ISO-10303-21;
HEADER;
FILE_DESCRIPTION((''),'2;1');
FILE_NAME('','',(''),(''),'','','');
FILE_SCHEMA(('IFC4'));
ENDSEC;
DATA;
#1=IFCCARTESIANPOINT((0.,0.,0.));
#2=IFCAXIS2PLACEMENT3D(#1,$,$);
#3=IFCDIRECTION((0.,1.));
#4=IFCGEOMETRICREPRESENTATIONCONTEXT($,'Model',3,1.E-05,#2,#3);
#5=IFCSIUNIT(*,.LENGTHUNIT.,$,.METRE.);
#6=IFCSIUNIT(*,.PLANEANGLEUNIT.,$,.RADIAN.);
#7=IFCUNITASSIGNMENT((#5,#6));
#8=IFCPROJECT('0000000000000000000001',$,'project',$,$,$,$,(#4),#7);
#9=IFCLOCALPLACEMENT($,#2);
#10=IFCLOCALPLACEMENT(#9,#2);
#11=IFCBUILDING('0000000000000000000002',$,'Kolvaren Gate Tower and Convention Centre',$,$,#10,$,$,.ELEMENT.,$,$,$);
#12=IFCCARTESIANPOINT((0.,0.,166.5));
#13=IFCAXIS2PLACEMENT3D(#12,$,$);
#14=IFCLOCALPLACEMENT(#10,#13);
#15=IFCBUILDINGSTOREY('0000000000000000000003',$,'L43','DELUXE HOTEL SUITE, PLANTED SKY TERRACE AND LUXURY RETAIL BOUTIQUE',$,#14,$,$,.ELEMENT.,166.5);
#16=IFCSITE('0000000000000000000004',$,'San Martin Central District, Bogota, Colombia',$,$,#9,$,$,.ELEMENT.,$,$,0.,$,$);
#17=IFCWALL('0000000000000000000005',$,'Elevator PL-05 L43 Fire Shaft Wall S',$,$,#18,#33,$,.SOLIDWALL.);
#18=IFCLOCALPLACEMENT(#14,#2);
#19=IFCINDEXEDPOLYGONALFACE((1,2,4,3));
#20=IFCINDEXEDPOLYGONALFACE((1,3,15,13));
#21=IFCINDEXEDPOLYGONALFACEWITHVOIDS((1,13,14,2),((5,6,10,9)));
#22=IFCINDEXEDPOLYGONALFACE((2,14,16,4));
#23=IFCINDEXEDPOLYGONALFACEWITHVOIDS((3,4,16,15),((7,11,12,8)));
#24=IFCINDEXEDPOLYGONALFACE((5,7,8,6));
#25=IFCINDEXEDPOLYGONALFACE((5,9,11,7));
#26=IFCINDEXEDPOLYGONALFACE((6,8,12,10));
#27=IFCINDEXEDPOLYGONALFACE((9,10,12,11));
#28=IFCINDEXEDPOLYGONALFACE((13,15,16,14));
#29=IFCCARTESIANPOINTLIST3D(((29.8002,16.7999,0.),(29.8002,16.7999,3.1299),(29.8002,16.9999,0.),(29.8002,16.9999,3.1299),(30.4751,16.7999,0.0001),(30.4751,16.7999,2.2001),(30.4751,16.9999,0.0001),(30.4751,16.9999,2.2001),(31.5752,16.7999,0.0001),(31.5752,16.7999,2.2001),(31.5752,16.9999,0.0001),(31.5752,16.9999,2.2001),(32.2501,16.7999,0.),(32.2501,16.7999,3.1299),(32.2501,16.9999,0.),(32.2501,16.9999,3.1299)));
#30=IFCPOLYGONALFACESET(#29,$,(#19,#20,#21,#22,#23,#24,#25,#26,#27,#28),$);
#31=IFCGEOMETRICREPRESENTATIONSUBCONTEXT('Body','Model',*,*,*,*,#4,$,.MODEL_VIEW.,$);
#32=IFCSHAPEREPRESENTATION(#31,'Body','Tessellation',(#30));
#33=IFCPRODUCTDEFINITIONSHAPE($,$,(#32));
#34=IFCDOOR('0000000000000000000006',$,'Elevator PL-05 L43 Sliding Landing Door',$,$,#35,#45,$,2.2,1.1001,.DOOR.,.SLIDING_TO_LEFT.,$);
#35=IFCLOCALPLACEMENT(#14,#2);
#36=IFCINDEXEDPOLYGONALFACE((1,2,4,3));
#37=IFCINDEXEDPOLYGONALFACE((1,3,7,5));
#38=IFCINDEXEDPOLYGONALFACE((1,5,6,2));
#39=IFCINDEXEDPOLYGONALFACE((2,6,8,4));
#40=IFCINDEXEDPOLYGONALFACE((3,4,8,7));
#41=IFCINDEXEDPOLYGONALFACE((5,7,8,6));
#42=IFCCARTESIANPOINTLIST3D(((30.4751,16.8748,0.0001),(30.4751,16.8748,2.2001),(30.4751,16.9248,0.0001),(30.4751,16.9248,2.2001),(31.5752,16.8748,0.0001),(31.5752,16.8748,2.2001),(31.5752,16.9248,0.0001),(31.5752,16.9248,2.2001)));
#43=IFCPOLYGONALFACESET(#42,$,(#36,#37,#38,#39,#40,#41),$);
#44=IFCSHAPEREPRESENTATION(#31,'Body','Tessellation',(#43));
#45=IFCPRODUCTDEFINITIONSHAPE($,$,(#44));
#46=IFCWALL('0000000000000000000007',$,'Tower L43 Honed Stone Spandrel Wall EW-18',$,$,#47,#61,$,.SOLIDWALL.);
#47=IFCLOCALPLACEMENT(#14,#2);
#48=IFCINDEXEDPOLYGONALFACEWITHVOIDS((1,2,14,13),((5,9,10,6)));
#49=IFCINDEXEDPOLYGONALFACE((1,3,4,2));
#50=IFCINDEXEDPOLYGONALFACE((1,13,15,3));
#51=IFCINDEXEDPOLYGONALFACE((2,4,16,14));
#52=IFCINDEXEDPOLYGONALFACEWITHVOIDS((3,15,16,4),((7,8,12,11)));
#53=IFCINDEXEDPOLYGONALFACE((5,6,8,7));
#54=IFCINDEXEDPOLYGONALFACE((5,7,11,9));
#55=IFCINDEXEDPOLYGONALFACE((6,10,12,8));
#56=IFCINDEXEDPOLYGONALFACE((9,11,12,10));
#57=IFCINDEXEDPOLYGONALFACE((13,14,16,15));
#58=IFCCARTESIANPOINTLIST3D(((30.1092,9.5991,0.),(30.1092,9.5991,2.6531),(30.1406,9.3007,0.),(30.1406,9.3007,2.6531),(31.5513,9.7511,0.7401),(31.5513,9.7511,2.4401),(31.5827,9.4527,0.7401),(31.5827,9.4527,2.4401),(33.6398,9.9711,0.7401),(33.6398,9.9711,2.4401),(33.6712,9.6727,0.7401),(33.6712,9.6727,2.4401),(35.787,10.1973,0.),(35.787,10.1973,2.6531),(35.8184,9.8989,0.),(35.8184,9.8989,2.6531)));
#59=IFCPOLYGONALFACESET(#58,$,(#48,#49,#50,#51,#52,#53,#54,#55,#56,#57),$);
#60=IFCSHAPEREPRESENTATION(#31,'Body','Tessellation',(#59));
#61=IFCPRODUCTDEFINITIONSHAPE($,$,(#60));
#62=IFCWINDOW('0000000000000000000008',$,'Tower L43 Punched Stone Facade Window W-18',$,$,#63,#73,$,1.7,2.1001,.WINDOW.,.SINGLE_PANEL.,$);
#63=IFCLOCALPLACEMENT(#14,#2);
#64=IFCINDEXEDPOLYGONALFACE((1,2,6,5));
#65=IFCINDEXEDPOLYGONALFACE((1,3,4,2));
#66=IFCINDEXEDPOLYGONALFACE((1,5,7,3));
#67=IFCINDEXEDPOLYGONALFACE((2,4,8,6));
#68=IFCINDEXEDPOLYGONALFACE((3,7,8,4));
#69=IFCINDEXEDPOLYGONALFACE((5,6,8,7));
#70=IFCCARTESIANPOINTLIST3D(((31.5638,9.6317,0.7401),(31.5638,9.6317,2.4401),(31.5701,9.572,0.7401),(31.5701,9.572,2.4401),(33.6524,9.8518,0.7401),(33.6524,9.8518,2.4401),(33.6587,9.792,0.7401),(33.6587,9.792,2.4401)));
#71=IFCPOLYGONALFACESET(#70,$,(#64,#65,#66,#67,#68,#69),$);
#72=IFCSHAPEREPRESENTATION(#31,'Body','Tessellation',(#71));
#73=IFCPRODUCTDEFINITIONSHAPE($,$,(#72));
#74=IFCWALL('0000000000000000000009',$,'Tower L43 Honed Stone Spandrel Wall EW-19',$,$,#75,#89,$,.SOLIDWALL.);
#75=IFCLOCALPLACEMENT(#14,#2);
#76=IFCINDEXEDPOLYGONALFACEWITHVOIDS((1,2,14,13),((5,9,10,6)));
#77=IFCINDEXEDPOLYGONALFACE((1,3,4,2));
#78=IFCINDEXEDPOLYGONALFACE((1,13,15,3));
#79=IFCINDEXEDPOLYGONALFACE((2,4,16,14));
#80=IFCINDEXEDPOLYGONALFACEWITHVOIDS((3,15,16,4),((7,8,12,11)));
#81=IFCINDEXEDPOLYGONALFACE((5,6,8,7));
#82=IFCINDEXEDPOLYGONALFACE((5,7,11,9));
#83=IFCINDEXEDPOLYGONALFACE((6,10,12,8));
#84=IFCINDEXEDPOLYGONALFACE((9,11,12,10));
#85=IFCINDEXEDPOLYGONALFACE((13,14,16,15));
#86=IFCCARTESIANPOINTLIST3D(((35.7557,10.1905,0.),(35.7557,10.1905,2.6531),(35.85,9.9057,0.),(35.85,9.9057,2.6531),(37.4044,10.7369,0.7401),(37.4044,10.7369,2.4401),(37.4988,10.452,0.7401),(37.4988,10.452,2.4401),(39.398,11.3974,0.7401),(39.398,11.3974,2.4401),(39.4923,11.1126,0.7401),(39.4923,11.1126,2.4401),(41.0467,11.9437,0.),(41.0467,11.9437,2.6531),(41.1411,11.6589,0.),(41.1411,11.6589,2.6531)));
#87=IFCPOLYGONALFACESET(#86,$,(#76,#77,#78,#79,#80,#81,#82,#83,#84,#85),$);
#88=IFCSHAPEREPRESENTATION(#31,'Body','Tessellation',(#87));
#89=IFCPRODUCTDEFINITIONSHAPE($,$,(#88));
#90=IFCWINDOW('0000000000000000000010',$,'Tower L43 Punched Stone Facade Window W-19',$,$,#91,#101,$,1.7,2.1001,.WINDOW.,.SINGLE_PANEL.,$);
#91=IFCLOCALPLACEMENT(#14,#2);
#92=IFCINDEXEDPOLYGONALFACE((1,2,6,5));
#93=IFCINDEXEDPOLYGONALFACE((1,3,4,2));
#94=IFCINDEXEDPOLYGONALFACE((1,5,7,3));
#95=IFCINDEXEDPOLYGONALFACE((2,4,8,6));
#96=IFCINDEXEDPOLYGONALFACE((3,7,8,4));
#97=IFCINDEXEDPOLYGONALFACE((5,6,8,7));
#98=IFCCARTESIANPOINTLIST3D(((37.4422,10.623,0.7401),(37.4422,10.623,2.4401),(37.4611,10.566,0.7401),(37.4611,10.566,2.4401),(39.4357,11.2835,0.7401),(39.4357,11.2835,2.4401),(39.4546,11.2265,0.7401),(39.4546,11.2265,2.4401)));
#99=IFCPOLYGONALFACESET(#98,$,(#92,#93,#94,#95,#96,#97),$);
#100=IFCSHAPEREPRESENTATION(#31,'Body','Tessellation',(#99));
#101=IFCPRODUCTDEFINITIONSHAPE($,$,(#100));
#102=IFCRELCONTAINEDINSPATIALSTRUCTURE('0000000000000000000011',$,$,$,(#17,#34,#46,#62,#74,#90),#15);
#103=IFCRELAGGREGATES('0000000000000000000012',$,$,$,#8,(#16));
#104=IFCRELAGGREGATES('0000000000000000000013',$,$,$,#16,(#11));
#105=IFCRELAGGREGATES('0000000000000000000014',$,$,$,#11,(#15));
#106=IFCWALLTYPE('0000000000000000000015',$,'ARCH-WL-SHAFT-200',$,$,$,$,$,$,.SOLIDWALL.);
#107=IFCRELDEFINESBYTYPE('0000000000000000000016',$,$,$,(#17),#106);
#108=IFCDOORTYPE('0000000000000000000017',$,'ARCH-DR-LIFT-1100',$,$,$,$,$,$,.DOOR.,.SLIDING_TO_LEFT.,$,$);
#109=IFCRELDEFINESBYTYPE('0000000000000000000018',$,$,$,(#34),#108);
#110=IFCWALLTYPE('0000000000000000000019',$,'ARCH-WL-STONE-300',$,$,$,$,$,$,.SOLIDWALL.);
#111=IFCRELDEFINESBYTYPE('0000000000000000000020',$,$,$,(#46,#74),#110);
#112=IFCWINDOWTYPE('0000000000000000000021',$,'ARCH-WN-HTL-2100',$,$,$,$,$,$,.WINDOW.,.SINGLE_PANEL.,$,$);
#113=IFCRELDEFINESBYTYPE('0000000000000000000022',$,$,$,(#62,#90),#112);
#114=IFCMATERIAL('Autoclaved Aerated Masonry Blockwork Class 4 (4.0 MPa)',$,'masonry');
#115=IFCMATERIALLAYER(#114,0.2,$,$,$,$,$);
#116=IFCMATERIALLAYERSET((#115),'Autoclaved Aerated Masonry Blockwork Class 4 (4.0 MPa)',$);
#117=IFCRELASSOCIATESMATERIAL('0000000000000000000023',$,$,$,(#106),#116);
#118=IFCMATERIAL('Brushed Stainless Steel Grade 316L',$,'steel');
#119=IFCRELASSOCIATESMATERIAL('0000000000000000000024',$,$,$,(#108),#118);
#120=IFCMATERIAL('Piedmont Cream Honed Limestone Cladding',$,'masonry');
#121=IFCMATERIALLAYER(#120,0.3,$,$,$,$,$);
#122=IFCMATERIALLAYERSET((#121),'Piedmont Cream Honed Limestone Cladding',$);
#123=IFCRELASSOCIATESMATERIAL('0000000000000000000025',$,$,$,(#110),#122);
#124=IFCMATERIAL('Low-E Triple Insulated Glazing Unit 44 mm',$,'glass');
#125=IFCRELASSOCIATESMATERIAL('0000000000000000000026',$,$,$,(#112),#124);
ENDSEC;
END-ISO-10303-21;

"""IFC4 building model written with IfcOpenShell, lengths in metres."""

from ifc_helpers import new_model, si_unit, direction, frame, frame_2d, origin, place, context, subcontext, project, spatial, rectangle, extrude, material, layer, layer_set, type_object, element, fill, save


model = new_model("IFC4")

# Units and contexts
model_context = context("Model", 3, precision=1e-05, world=origin(), true_north=direction((0.0, 1.0)))
body_context = subcontext(model_context, "Body", "Model", "MODEL_VIEW")
ifc_project = project(units=[si_unit("LENGTHUNIT", "METRE"), si_unit("PLANEANGLEUNIT", "RADIAN")], contexts=[model_context])

# Site, building, storey
site_placement = place(None, origin())
site = spatial("IfcSite", under=ifc_project, at=site_placement, Name="San Martin Central District, Bogota, Colombia", CompositionType="ELEMENT", RefElevation=0.0)
building_placement = place(site_placement, origin())
building = spatial("IfcBuilding", under=site, at=building_placement, Name="Kolvaren Gate Tower and Convention Centre", CompositionType="ELEMENT")
storey_placement = place(building_placement, frame((0.0, 0.0, 166.5)))
storey = spatial("IfcBuildingStorey", under=building, at=storey_placement, Name="L43", Description="DELUXE HOTEL SUITE, PLANTED SKY TERRACE AND LUXURY RETAIL BOUTIQUE", CompositionType="ELEMENT", Elevation=166.5)

# Shared definitions
ifc_material_1 = material(Name="Piedmont Cream Honed Limestone Cladding", Category="masonry")

# Wall, opening, door
ifc_material_2 = material(Name="Autoclaved Aerated Masonry Blockwork Class 4 (4.0 MPa)", Category="masonry")
ifc_layer_1 = layer(ifc_material_2, 0.2)
ifc_layer_set_1 = layer_set([ifc_layer_1], Name="Autoclaved Aerated Masonry Blockwork Class 4 (4.0 MPa)")
wall_type_1 = type_object("IfcWallType", Name="ARCH-WL-SHAFT-200", PredefinedType="SOLIDWALL", material=ifc_layer_set_1)
wall_1_placement = place(storey_placement, frame((29.8, 16.8999, 0.0), z_axis=(0.0, 0.0, 1.0), x_axis=(1.0, 0.0, 0.0)))
wall_1 = element("IfcWall", 1, at=wall_1_placement, inside=storey, type_object=wall_type_1, Name="Elevator PL-05 L43 Fire Shaft Wall S", PredefinedType="SOLIDWALL", context=body_context, shape_type="SweptSolid", body=[
    extrude(rectangle(XDim=2.45, YDim=0.2, at=frame_2d((1.2251, 0.0))), origin(), (0.0, 0.0, 1.0), 3.1299),
])
opening_1_placement = place(wall_1_placement, frame((0.675, 0.0, 0.0)))
opening_1 = element("IfcOpeningElement", 2, at=opening_1_placement, cuts=wall_1, PredefinedType="OPENING", context=body_context, shape_type="SweptSolid", body=[
    extrude(rectangle(XDim=1.1001, YDim=2.2, at=frame_2d((0.55, 1.1001))), frame((0.0, 0.1099, 0.0), z_axis=(0.0, -1.0, 0.0), x_axis=(1.0, 0.0, 0.0)), (0.0, 0.0, 1.0), 0.22),
])
ifc_material_3 = material(Name="Brushed Stainless Steel Grade 316L", Category="steel")
door_type_1 = type_object("IfcDoorType", Name="ARCH-DR-LIFT-1100", OperationType="SLIDING_TO_LEFT", PredefinedType="DOOR", material=ifc_material_3)
door_1_placement = place(opening_1_placement, origin())
door_1 = element("IfcDoor", 3, at=door_1_placement, inside=storey, type_object=door_type_1, Name="Elevator PL-05 L43 Sliding Landing Door", OperationType="SLIDING_TO_LEFT", OverallHeight=2.2, OverallWidth=1.1001, PredefinedType="DOOR", context=body_context, shape_type="SweptSolid", body=[
    extrude(rectangle(XDim=1.1001, YDim=2.2, at=frame_2d((0.55, 1.1001))), frame((0.0, 0.0249, 0.0), z_axis=(0.0, -1.0, 0.0), x_axis=(1.0, 0.0, 0.0)), (0.0, 0.0, 1.0), 0.05),
])
fill(opening_1, door_1)

# Walls, openings, windows
ifc_layer_2 = layer(ifc_material_1, 0.3)
ifc_layer_set_2 = layer_set([ifc_layer_2], Name="Piedmont Cream Honed Limestone Cladding")
wall_type_2 = type_object("IfcWallType", Name="ARCH-WL-STONE-300", PredefinedType="SOLIDWALL", material=ifc_layer_set_2)
wall_2_placement = place(storey_placement, frame((30.125, 9.45, 0.0), z_axis=(0.0, 0.0, 1.0), x_axis=(0.994497, 0.104769, 0.0)))
wall_2 = element("IfcWall", 4, at=wall_2_placement, inside=storey, type_object=wall_type_2, Name="Tower L43 Honed Stone Spandrel Wall EW-18", PredefinedType="SOLIDWALL", context=body_context, shape_type="SweptSolid", body=[
    extrude(rectangle(XDim=5.7092, YDim=0.3, at=frame_2d((2.8545, 0.0))), origin(), (0.0, 0.0, 1.0), 2.6531),
])
opening_2_placement = place(wall_2_placement, frame((1.45, 0.0, 0.74)))
opening_2 = element("IfcOpeningElement", 5, at=opening_2_placement, cuts=wall_2, PredefinedType="OPENING", context=body_context, shape_type="SweptSolid", body=[
    extrude(rectangle(XDim=2.1001, YDim=1.7, at=frame_2d((1.05, 0.8501))), frame((0.0, 0.1599, 0.0), z_axis=(0.0, -1.0, 0.0), x_axis=(1.0, 0.0, 0.0)), (0.0, 0.0, 1.0), 0.3201),
])
ifc_material_4 = material(Name="Low-E Triple Insulated Glazing Unit 44 mm", Category="glass")
window_type = type_object("IfcWindowType", Name="ARCH-WN-HTL-2100", PartitioningType="SINGLE_PANEL", PredefinedType="WINDOW", material=ifc_material_4)
window_1_placement = place(opening_2_placement, origin())
window_1 = element("IfcWindow", 6, at=window_1_placement, inside=storey, type_object=window_type, Name="Tower L43 Punched Stone Facade Window W-18", OverallHeight=1.7, OverallWidth=2.1001, PartitioningType="SINGLE_PANEL", PredefinedType="WINDOW", context=body_context, shape_type="SweptSolid", body=[
    extrude(rectangle(XDim=2.1001, YDim=1.7, at=frame_2d((1.05, 0.8501))), frame((0.0, 0.03, 0.0), z_axis=(0.0, -1.0, 0.0), x_axis=(1.0, 0.0, 0.0)), (0.0, 0.0, 1.0), 0.0601),
])
fill(opening_2, window_1)
wall_3_placement = place(storey_placement, frame((35.8027, 10.0481, 0.0), z_axis=(0.0, 0.0, 1.0), x_axis=(0.949247, 0.314532, 0.0)))
wall_3 = element("IfcWall", 7, at=wall_3_placement, inside=storey, type_object=wall_type_2, Name="Tower L43 Honed Stone Spandrel Wall EW-19", PredefinedType="SOLIDWALL", context=body_context, shape_type="SweptSolid", body=[
    extrude(rectangle(XDim=5.574, YDim=0.3, at=frame_2d((2.7871, 0.0))), origin(), (0.0, 0.0, 1.0), 2.6531),
])
opening_3_placement = place(wall_3_placement, frame((1.7371, 0.0, 0.74)))
opening_3 = element("IfcOpeningElement", 8, at=opening_3_placement, cuts=wall_3, PredefinedType="OPENING", context=body_context, shape_type="SweptSolid", body=[
    extrude(rectangle(XDim=2.1001, YDim=1.7, at=frame_2d((1.05, 0.8501))), frame((0.0, 0.1599, 0.0), z_axis=(0.0, -1.0, 0.0), x_axis=(1.0, 0.0, 0.0)), (0.0, 0.0, 1.0), 0.3201),
])
window_2_placement = place(opening_3_placement, origin())
window_2 = element("IfcWindow", 9, at=window_2_placement, inside=storey, type_object=window_type, Name="Tower L43 Punched Stone Facade Window W-19", OverallHeight=1.7, OverallWidth=2.1001, PartitioningType="SINGLE_PANEL", PredefinedType="WINDOW", context=body_context, shape_type="SweptSolid", body=[
    extrude(rectangle(XDim=2.1001, YDim=1.7, at=frame_2d((1.05, 0.8501))), frame((0.0, 0.03, 0.0), z_axis=(0.0, -1.0, 0.0), x_axis=(1.0, 0.0, 0.0)), (0.0, 0.0, 1.0), 0.0601),
])
fill(opening_3, window_2)

save(model, "model.ifc")
